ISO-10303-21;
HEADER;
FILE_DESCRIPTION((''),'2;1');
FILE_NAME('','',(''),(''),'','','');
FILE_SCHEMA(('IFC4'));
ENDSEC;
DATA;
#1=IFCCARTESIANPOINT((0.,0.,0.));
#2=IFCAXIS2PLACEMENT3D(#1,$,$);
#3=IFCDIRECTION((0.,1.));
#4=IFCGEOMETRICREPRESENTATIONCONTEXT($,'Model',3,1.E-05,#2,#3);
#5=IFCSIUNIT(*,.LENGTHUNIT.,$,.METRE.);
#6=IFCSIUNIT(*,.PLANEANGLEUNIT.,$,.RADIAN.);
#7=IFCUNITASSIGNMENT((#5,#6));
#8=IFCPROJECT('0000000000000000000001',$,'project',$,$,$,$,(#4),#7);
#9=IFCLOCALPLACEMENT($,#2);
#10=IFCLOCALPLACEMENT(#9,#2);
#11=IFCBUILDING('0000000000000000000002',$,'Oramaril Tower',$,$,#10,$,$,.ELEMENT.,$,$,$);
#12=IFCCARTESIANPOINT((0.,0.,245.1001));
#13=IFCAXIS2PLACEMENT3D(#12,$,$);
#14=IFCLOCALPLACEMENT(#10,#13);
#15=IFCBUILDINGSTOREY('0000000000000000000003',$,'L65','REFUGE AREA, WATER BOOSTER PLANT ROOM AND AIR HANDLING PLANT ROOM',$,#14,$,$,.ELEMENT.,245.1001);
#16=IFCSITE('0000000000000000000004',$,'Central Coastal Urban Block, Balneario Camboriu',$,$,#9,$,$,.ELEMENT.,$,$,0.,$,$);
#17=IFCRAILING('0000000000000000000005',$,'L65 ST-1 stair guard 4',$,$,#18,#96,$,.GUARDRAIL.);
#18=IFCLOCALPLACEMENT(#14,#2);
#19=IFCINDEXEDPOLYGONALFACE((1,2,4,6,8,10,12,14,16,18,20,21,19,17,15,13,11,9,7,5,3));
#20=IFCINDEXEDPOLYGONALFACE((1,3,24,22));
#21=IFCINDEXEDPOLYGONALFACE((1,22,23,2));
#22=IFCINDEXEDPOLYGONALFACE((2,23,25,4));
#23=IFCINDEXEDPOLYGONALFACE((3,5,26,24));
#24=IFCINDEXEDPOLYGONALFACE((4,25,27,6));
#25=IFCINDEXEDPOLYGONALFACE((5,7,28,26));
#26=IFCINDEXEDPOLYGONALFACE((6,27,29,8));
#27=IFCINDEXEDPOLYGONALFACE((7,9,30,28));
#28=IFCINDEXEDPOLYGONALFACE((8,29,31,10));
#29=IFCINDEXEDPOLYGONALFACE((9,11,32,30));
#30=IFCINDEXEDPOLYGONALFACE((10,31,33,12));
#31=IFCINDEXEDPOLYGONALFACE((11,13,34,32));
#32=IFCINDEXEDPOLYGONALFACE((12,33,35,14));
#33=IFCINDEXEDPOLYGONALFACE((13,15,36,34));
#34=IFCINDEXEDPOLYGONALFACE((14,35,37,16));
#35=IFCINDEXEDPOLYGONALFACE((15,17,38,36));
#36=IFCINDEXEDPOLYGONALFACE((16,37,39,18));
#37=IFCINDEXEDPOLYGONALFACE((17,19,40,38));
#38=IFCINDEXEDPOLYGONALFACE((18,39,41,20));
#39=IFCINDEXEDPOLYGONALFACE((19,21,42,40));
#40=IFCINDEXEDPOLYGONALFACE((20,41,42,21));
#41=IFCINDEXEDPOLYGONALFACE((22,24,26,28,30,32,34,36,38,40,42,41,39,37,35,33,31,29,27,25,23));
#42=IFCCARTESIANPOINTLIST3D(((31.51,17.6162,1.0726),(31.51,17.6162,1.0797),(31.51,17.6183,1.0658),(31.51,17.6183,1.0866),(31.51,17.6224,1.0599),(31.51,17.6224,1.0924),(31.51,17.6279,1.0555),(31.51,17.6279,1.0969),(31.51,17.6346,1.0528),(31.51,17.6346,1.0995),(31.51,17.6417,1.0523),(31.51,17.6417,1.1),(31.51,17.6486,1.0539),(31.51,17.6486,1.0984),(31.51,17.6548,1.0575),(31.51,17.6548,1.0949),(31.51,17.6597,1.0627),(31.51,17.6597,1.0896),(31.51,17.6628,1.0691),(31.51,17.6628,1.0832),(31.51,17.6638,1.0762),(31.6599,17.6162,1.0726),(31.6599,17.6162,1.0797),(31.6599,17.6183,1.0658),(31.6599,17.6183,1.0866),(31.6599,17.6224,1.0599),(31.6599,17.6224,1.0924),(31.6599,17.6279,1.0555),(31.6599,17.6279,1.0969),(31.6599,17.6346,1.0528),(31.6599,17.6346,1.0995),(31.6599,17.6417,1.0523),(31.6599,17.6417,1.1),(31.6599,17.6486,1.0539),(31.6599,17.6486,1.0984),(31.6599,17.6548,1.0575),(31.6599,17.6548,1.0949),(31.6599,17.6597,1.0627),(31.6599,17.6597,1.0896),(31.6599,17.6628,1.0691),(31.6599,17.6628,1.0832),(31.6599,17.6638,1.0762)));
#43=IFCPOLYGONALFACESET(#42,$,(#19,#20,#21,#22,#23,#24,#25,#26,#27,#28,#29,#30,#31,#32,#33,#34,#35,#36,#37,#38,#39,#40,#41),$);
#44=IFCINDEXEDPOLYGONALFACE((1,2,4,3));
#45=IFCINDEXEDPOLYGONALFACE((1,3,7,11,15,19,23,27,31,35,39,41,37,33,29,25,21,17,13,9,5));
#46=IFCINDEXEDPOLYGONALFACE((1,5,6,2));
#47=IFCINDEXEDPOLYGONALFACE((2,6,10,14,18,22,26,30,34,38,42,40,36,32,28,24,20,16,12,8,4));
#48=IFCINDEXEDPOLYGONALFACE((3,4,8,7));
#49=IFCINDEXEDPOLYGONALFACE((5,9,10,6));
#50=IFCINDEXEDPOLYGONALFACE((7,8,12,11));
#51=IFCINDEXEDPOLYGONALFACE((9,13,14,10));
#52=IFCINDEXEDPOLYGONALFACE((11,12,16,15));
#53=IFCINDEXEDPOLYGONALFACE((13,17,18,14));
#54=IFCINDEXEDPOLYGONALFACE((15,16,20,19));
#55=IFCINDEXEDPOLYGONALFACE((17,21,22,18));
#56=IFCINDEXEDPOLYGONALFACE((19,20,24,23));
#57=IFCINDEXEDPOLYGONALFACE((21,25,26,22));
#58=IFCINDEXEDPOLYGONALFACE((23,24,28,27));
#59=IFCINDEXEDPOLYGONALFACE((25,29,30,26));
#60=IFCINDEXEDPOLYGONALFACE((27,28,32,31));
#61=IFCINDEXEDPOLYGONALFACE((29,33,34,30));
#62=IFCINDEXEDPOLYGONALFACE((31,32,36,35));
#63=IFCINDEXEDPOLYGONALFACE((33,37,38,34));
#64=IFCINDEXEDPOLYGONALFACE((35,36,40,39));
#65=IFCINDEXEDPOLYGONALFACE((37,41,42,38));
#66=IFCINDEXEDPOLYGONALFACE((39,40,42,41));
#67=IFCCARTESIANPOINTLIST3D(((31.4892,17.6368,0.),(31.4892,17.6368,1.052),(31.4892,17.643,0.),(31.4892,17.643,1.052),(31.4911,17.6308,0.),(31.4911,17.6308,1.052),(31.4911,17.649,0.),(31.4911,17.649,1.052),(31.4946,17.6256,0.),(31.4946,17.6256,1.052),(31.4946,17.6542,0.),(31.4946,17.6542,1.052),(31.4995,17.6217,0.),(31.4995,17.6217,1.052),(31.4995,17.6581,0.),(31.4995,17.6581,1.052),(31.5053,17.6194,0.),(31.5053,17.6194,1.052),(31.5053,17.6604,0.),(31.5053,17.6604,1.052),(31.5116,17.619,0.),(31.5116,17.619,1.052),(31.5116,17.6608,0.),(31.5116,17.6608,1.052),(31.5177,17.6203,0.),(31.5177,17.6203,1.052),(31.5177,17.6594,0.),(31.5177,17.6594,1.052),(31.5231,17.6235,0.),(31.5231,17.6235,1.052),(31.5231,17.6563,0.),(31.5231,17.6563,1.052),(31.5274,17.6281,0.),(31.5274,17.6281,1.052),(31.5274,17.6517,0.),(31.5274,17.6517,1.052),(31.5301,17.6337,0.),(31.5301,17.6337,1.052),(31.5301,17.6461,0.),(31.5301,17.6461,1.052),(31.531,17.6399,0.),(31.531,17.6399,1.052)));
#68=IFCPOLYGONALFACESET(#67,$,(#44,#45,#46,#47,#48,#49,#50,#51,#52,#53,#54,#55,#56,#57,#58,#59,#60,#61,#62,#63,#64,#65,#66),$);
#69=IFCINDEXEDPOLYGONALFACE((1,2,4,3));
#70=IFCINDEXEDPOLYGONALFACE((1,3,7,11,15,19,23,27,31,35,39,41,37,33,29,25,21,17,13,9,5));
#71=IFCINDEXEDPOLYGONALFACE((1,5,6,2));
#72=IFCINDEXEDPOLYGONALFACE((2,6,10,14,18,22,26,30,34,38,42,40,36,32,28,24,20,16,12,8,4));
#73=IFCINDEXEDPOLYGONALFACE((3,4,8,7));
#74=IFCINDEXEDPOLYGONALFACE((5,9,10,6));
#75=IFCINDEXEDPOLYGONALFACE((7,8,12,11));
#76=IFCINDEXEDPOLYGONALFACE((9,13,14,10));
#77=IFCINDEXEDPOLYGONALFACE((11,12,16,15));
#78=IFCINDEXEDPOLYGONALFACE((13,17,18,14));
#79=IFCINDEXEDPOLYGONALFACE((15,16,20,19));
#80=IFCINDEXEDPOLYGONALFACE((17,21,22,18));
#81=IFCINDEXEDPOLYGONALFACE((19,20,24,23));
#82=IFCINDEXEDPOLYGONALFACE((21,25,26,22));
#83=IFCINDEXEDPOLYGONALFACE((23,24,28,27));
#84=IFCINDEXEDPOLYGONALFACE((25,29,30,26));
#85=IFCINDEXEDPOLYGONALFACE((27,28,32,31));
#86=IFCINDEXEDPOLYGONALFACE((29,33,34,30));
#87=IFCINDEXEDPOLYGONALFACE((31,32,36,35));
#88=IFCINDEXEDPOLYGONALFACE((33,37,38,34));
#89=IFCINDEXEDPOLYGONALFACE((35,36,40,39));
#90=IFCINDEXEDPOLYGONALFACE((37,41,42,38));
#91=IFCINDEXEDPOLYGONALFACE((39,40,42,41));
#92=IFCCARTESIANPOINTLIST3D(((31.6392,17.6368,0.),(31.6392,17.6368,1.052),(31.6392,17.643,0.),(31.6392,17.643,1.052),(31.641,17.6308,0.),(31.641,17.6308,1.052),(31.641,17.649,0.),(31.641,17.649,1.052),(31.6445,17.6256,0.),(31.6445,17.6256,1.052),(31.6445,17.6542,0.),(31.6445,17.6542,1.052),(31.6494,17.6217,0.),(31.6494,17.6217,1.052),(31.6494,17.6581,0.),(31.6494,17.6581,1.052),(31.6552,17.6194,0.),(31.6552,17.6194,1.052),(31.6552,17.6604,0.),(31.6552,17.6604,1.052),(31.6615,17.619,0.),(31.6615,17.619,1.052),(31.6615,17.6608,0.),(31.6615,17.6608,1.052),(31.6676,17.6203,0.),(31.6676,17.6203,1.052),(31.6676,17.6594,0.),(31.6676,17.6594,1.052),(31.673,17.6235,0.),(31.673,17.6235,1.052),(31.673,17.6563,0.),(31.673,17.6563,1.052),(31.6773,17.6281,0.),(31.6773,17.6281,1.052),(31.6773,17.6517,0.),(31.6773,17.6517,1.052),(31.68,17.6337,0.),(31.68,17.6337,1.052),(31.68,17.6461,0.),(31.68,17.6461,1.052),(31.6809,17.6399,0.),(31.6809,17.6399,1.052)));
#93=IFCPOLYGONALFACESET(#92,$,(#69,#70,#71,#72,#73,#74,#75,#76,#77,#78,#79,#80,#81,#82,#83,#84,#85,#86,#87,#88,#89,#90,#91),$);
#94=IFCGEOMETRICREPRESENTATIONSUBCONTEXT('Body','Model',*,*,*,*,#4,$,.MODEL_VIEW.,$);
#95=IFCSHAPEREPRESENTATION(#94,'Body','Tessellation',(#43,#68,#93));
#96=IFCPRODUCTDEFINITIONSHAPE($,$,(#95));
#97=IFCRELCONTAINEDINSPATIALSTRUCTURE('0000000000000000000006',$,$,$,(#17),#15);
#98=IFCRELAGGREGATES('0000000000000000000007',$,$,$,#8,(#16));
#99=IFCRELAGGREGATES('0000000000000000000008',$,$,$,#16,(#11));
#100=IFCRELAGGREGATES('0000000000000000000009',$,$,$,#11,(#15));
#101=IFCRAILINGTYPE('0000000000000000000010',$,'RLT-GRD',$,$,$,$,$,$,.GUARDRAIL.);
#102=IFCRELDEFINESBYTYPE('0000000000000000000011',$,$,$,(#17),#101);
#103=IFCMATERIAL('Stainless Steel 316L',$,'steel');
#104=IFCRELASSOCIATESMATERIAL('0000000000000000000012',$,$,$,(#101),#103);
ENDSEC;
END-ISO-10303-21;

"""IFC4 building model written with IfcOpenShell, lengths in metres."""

from ifc_helpers import new_model, si_unit, direction, frame, origin, origin_2d, place, context, subcontext, project, spatial, circle, extrude, material, type_object, element, save


model = new_model("IFC4")

# Units and contexts
model_context = context("Model", 3, precision=1e-05, world=origin(), true_north=direction((0.0, 1.0)))
body_context = subcontext(model_context, "Body", "Model", "MODEL_VIEW")
ifc_project = project(units=[si_unit("LENGTHUNIT", "METRE"), si_unit("PLANEANGLEUNIT", "RADIAN")], contexts=[model_context])

# Site, building, storey
site_placement = place(None, origin())
site = spatial("IfcSite", under=ifc_project, at=site_placement, Name="Central Coastal Urban Block, Balneario Camboriu", CompositionType="ELEMENT", RefElevation=0.0)
building_placement = place(site_placement, origin())
building = spatial("IfcBuilding", under=site, at=building_placement, Name="Oramaril Tower", CompositionType="ELEMENT")
storey_placement = place(building_placement, frame((0.0, 0.0, 245.1001)))
storey = spatial("IfcBuildingStorey", under=building, at=storey_placement, Name="L65", Description="REFUGE AREA, WATER BOOSTER PLANT ROOM AND AIR HANDLING PLANT ROOM", CompositionType="ELEMENT", Elevation=245.1001)

# Railing
ifc_material_1 = material(Name="Stainless Steel 316L", Category="steel")
railing_type_1 = type_object("IfcRailingType", Name="RLT-GRD", PredefinedType="GUARDRAIL", material=ifc_material_1)
railing_1_placement = place(storey_placement, frame((31.51, 17.6399, 0.0)))
element("IfcRailing", 1, at=railing_1_placement, inside=storey, type_object=railing_type_1, Name="L65 ST-1 stair guard 4", PredefinedType="GUARDRAIL", context=body_context, shape_type="SweptSolid", body=[
    extrude(circle(Radius=0.0239, at=origin_2d()), frame((0.0, 0.0, 1.0762), z_axis=(1.0, 0.0, 0.0), x_axis=(0.0, 1.0, 0.0)), (0.0, 0.0, 1.0), 0.1499),
    extrude(circle(Radius=0.021, at=origin_2d()), origin(), (0.0, 0.0, 1.0), 1.052),
    extrude(circle(Radius=0.021, at=origin_2d()), frame((0.1499, 0.0, 0.0)), (0.0, 0.0, 1.0), 1.052),
])

save(model, "model.ifc")
